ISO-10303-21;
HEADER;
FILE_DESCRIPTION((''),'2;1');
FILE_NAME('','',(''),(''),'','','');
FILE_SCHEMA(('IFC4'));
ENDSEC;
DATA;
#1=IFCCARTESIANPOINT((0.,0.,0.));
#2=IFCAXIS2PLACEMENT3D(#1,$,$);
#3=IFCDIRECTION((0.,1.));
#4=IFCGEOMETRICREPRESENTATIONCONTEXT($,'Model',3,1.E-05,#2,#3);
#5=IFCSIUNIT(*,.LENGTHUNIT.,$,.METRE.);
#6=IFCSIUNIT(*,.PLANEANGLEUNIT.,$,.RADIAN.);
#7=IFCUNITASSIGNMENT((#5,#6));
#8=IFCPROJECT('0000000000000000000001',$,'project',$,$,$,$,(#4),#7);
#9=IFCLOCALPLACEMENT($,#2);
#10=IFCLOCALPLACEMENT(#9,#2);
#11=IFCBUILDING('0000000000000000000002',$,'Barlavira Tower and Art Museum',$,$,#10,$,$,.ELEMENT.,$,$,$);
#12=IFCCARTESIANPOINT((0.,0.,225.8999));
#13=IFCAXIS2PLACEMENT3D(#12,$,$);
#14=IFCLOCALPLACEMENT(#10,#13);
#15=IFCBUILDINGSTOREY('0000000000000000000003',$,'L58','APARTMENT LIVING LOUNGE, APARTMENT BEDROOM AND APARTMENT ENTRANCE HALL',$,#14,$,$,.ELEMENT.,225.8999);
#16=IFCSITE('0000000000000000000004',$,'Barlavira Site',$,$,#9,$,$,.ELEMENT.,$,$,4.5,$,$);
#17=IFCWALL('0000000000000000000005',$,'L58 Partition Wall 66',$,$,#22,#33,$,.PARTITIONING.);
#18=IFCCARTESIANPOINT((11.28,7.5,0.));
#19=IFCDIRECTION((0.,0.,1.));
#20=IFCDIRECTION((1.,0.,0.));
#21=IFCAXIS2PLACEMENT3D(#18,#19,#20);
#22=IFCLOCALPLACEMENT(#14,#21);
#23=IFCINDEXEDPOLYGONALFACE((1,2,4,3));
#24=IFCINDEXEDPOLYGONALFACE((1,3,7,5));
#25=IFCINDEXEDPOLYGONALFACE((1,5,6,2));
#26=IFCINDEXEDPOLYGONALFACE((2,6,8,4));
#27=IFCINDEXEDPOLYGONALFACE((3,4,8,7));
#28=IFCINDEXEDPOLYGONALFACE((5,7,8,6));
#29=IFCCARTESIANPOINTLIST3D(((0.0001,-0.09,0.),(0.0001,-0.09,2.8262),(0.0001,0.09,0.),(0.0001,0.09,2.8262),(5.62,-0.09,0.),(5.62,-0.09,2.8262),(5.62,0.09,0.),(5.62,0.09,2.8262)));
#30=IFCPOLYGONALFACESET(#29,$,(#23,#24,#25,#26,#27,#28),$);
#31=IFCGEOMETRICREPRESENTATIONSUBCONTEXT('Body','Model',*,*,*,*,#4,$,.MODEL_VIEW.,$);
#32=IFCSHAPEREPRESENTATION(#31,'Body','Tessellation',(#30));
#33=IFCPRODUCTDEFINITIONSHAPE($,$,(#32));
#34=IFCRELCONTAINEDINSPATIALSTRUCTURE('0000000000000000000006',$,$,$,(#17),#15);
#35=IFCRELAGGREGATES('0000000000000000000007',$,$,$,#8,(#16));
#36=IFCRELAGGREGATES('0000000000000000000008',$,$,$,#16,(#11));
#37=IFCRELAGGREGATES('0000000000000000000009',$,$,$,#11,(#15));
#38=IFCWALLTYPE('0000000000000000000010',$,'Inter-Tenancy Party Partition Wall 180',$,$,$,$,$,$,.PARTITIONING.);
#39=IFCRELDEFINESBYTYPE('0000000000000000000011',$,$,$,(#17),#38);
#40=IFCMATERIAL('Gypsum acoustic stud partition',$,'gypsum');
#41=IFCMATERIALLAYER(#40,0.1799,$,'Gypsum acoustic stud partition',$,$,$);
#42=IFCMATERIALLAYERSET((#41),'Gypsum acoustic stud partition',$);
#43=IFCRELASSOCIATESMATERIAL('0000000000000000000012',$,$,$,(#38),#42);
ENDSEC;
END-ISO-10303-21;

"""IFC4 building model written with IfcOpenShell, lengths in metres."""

from ifc_helpers import new_model, si_unit, direction, frame, frame_2d, origin, place, context, subcontext, project, spatial, rectangle, extrude, material, layer, layer_set, type_object, element, save


model = new_model("IFC4")

# Units and contexts
model_context = context("Model", 3, precision=1e-05, world=origin(), true_north=direction((0.0, 1.0)))
body_context = subcontext(model_context, "Body", "Model", "MODEL_VIEW")
ifc_project = project(units=[si_unit("LENGTHUNIT", "METRE"), si_unit("PLANEANGLEUNIT", "RADIAN")], contexts=[model_context])

# Site, building, storey
site_placement = place(None, origin())
site = spatial("IfcSite", under=ifc_project, at=site_placement, Name="Barlavira Site", CompositionType="ELEMENT", RefElevation=4.5)
building_placement = place(site_placement, origin())
building = spatial("IfcBuilding", under=site, at=building_placement, Name="Barlavira Tower and Art Museum", CompositionType="ELEMENT")
storey_placement = place(building_placement, frame((0.0, 0.0, 225.8999)))
storey = spatial("IfcBuildingStorey", under=building, at=storey_placement, Name="L58", Description="APARTMENT LIVING LOUNGE, APARTMENT BEDROOM AND APARTMENT ENTRANCE HALL", CompositionType="ELEMENT", Elevation=225.8999)

# Shared definitions
ifc_material_1 = material(Name="Gypsum acoustic stud partition", Category="gypsum")

# Wall
ifc_layer_1 = layer(ifc_material_1, 0.1799, Name="Gypsum acoustic stud partition")
ifc_layer_set_1 = layer_set([ifc_layer_1], Name="Gypsum acoustic stud partition")
wall_type_1 = type_object("IfcWallType", Name="Inter-Tenancy Party Partition Wall 180", PredefinedType="PARTITIONING", material=ifc_layer_set_1)
wall_1_placement = place(storey_placement, frame((11.28, 7.5, 0.0), z_axis=(0.0, 0.0, 1.0), x_axis=(1.0, 0.0, 0.0)))
element("IfcWall", 1, at=wall_1_placement, inside=storey, type_object=wall_type_1, Name="L58 Partition Wall 66", PredefinedType="PARTITIONING", context=body_context, shape_type="SweptSolid", body=[
    extrude(rectangle(XDim=5.6199, YDim=0.1799, at=frame_2d((2.8101, 0.0))), origin(), (0.0, 0.0, 1.0), 2.8262),
])

save(model, "model.ifc")
